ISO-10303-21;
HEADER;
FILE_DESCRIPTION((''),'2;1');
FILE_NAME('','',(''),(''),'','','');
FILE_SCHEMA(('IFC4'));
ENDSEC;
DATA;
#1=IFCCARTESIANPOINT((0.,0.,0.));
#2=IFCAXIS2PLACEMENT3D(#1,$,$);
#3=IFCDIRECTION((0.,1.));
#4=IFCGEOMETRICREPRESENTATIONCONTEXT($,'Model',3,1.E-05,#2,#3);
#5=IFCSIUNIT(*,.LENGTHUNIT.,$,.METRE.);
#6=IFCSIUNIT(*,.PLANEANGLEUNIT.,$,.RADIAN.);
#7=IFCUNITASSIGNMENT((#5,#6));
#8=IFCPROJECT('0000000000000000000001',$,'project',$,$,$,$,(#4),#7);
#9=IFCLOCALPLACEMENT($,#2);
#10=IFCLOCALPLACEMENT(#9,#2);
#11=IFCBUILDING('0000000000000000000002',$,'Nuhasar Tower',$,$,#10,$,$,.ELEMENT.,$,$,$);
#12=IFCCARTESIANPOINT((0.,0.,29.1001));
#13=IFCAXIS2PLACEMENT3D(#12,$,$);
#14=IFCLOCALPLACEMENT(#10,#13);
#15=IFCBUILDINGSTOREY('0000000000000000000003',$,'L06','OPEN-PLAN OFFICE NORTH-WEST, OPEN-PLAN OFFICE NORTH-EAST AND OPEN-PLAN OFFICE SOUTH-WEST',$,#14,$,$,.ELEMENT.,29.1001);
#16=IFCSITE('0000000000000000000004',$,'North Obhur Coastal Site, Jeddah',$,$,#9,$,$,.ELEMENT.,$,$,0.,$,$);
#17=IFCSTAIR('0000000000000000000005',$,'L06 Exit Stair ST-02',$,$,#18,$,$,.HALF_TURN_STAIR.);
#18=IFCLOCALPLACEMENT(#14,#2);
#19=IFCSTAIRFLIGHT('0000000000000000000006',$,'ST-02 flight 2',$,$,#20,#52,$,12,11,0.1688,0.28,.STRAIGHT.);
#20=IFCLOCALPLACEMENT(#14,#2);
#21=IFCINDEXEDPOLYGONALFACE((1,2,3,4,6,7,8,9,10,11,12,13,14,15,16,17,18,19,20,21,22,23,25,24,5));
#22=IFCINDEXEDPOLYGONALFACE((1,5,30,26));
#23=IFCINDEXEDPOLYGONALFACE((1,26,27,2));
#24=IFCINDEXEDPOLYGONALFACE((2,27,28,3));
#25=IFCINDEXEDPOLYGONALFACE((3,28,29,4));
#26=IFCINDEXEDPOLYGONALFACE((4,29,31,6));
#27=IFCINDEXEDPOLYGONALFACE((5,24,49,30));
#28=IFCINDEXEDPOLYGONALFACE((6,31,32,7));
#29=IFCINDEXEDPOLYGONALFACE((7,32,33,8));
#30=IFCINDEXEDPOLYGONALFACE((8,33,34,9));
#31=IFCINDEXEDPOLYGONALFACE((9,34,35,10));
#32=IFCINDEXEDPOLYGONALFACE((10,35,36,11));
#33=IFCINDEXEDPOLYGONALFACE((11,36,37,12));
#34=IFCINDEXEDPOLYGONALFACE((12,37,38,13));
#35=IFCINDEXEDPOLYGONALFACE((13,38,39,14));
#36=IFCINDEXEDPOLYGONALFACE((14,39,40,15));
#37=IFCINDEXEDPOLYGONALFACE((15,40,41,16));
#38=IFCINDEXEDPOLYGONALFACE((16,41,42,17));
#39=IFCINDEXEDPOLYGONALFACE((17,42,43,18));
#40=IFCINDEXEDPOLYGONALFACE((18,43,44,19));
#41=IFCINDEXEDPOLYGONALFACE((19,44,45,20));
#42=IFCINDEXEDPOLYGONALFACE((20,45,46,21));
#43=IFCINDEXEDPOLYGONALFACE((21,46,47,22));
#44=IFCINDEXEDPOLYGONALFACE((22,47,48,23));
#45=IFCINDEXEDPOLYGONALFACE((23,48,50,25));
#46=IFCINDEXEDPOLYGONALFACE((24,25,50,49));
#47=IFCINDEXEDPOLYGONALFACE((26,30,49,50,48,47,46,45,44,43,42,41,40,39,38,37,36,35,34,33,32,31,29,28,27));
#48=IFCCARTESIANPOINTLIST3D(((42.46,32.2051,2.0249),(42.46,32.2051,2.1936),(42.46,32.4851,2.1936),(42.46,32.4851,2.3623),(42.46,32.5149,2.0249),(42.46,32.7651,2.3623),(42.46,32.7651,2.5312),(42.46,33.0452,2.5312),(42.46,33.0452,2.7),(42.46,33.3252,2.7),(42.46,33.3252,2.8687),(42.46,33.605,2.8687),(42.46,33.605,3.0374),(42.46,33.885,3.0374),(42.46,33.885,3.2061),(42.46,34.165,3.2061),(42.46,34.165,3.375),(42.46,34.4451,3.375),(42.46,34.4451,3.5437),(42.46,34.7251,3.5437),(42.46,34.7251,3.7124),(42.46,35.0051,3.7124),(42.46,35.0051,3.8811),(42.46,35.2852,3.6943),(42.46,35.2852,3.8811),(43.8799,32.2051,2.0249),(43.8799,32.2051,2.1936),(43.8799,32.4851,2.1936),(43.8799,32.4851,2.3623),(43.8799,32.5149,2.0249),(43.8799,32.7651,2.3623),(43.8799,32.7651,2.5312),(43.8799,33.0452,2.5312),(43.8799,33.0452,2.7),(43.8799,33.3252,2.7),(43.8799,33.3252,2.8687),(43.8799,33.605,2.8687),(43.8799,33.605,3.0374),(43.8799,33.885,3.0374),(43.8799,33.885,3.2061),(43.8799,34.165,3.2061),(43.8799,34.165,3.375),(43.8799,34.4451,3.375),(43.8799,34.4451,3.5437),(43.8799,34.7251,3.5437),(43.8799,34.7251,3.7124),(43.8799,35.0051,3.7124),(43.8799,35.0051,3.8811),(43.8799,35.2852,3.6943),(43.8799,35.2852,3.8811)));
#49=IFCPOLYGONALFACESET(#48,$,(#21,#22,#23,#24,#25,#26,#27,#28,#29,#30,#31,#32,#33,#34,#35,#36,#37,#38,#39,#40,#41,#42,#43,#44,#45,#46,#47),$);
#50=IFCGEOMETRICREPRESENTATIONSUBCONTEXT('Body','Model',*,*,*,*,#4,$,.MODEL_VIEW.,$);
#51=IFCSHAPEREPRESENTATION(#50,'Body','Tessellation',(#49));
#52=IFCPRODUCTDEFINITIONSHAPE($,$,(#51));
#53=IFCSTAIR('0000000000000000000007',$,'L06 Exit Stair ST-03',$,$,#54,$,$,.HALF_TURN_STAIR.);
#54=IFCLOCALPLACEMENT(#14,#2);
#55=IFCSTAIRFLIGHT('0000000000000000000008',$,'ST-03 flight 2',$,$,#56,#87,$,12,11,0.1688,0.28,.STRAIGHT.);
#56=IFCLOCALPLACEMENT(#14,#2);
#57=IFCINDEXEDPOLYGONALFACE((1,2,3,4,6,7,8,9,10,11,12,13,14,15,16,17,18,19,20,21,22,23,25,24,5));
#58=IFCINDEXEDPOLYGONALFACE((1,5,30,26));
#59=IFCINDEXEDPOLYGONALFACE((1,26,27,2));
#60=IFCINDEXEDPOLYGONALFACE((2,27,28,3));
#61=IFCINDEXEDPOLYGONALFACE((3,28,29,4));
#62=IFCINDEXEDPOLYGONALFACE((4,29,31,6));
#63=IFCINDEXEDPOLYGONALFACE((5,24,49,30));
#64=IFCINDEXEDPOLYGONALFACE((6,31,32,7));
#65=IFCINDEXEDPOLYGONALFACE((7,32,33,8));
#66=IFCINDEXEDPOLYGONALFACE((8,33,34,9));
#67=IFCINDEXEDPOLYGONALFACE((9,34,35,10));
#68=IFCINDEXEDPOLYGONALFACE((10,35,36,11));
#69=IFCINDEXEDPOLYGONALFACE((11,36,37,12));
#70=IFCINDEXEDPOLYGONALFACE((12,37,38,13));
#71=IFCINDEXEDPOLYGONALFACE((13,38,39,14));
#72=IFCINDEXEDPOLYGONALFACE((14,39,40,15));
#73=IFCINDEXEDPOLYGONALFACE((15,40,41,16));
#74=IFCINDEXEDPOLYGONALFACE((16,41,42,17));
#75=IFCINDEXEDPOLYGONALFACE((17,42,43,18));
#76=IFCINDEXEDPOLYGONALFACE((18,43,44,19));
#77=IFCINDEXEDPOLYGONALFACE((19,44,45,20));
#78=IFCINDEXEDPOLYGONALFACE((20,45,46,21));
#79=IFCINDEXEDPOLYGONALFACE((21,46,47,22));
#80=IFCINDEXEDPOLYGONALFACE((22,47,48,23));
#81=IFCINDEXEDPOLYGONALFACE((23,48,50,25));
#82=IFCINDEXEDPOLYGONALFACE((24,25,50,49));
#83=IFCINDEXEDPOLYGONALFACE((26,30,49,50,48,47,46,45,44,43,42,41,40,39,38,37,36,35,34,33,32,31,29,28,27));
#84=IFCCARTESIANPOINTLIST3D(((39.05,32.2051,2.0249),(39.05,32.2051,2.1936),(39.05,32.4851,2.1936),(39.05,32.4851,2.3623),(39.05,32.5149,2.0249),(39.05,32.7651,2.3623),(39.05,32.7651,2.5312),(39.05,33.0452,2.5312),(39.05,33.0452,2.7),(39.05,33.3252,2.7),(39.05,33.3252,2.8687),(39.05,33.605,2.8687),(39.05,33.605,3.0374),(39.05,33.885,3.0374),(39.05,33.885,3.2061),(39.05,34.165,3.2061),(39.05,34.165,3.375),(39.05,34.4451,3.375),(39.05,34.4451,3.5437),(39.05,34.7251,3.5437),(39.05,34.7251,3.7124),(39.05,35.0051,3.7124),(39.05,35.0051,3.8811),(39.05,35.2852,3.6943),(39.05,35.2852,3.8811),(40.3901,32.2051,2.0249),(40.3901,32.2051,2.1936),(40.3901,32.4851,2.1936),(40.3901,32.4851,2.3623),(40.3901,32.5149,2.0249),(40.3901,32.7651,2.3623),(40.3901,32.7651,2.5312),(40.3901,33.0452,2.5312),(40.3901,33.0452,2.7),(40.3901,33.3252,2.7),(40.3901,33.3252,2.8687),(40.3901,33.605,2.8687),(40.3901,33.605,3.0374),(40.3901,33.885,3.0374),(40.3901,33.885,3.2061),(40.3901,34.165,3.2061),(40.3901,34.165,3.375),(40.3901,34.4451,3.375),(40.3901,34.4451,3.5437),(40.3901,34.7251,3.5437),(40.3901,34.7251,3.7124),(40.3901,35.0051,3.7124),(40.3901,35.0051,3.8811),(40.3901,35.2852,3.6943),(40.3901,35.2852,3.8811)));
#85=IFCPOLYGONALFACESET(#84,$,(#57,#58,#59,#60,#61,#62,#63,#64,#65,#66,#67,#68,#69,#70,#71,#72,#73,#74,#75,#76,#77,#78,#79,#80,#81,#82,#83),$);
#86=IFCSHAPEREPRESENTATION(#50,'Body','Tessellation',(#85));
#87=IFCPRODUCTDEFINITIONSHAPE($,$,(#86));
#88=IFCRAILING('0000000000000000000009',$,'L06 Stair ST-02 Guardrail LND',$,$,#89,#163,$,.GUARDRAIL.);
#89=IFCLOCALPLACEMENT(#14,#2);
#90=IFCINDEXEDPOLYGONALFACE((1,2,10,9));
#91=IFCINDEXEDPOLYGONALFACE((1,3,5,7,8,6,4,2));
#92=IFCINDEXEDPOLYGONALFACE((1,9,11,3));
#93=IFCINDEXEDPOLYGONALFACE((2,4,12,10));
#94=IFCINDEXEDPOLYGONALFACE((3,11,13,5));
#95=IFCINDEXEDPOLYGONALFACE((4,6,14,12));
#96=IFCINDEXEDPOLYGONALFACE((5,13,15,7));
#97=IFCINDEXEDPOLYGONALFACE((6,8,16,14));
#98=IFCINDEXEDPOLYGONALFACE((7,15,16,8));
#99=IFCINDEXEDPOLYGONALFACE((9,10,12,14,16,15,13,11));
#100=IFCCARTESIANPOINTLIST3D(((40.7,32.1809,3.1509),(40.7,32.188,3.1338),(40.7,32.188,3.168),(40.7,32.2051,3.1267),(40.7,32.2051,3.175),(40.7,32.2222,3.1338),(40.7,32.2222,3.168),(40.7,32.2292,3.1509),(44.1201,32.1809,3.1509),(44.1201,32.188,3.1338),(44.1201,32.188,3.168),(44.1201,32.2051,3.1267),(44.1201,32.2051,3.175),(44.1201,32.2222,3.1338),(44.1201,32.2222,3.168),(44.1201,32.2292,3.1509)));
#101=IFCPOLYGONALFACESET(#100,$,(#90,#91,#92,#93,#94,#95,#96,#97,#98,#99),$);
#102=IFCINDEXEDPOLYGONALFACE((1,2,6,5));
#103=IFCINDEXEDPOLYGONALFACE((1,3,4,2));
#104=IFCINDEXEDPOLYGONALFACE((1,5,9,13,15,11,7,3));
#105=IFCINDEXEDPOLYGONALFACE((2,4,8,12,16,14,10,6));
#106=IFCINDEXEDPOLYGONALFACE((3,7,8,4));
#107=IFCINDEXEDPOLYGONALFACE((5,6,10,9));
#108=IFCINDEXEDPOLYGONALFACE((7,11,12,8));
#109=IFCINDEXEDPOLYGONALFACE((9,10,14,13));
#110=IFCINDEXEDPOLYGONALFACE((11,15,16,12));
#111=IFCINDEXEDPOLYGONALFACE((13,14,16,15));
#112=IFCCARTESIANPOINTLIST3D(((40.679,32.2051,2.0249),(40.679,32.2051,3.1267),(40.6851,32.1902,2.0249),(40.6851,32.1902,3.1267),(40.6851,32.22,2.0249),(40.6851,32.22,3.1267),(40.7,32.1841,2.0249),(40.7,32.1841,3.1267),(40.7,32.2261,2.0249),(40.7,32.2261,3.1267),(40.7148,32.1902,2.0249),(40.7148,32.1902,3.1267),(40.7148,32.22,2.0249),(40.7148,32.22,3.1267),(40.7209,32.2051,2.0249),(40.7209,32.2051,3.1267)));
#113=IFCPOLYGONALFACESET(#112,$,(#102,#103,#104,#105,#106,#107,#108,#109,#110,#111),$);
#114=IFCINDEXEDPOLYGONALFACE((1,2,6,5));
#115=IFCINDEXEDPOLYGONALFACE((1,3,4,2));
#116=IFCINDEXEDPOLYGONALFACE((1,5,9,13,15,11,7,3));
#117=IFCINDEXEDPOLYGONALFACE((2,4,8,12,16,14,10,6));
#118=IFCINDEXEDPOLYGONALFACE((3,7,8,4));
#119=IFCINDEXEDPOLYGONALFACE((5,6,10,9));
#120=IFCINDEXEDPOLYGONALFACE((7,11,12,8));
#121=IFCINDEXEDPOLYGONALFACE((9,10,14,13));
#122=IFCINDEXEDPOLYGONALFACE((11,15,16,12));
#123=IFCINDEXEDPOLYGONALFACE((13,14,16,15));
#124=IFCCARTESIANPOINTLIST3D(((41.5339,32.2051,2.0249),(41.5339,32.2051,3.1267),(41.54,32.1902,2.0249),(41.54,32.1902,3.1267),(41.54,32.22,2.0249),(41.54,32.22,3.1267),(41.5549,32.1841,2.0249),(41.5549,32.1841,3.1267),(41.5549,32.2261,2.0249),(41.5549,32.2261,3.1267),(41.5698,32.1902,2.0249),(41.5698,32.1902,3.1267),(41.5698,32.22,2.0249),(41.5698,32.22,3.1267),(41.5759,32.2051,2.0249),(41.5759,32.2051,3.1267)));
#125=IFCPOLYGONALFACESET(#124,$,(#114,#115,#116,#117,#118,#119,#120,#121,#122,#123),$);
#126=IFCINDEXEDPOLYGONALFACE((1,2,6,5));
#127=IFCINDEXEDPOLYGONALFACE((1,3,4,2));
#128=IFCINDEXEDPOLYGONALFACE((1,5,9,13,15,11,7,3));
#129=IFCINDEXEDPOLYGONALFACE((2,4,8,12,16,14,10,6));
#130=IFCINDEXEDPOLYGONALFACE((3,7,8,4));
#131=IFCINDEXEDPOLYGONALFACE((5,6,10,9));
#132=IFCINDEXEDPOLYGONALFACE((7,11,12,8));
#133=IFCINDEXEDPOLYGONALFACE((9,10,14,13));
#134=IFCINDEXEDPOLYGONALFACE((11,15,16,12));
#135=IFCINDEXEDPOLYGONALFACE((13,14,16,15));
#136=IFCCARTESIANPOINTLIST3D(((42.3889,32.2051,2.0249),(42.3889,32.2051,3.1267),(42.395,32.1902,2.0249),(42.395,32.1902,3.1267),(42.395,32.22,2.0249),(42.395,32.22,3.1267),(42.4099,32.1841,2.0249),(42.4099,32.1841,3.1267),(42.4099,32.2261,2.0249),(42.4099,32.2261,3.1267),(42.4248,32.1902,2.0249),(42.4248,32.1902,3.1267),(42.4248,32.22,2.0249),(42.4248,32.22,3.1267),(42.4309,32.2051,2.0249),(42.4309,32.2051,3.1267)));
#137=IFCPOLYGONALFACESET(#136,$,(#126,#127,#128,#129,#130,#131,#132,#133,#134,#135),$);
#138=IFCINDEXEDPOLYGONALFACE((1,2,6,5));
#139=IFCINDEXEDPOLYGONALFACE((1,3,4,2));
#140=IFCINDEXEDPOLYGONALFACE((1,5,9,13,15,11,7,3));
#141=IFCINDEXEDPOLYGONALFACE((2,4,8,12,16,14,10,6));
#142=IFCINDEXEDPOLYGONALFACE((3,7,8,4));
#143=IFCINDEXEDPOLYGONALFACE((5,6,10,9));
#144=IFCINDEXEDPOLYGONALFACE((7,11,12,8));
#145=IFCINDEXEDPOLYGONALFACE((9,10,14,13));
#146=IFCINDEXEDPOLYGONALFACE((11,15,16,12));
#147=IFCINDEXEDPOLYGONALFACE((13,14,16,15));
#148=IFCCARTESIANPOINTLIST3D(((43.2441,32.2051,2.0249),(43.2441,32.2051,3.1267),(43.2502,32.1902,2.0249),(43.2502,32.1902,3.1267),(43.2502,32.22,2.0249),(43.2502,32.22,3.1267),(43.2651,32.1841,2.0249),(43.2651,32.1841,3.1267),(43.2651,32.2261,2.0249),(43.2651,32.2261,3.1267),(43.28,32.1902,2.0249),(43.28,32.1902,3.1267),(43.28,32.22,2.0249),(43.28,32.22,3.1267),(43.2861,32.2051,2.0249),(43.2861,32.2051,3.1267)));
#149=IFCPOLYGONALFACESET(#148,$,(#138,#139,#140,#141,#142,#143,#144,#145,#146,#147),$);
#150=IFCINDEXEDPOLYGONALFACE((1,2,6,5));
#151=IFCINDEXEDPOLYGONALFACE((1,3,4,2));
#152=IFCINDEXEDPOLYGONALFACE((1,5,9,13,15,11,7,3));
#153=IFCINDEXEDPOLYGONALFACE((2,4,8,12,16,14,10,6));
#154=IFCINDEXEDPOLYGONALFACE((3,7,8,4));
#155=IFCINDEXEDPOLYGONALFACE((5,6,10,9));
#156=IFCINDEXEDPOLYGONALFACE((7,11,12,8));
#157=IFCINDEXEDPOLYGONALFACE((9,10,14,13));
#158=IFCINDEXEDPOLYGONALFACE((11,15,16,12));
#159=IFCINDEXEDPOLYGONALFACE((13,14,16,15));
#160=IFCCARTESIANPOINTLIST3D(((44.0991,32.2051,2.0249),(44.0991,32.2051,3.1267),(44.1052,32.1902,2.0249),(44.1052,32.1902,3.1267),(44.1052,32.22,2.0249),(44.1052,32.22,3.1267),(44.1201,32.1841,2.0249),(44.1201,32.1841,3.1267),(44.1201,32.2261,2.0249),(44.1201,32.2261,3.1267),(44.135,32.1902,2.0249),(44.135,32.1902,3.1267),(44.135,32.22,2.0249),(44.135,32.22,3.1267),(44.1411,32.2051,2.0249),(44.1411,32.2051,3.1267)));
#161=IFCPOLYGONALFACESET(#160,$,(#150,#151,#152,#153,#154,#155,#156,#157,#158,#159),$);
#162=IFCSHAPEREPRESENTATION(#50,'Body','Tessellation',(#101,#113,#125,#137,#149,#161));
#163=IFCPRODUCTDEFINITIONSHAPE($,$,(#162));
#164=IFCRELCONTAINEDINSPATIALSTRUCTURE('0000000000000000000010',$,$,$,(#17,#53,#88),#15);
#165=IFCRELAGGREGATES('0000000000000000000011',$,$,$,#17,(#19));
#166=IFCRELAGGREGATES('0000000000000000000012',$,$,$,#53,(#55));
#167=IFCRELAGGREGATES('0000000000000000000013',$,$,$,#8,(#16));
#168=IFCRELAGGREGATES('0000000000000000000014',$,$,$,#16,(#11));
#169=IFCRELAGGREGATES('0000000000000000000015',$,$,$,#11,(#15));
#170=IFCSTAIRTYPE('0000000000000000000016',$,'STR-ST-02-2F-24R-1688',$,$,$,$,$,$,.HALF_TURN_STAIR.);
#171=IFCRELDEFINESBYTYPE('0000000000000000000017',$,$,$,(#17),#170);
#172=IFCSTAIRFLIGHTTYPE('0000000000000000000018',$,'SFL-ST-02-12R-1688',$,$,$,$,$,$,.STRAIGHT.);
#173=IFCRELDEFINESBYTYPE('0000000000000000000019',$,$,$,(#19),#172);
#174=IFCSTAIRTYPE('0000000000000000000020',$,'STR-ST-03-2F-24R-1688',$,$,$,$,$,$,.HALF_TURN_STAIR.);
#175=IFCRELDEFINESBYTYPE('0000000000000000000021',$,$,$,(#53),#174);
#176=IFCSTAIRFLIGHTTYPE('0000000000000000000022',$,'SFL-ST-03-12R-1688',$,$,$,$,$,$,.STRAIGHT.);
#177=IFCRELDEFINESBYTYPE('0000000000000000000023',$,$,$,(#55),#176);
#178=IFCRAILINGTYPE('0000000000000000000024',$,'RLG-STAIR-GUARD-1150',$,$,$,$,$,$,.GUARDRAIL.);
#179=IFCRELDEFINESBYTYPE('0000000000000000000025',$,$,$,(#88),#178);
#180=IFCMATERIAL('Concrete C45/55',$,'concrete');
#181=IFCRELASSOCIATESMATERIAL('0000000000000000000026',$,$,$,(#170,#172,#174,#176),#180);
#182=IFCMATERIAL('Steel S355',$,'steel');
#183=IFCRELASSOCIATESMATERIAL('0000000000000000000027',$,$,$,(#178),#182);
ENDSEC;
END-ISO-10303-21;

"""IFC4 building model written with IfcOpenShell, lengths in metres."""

from ifc_helpers import new_model, si_unit, direction, frame, origin, place, context, subcontext, project, spatial, polyline, outline, extrude, material, type_object, element, aggregate, save


model = new_model("IFC4")

# Units and contexts
model_context = context("Model", 3, precision=1e-05, world=origin(), true_north=direction((0.0, 1.0)))
body_context = subcontext(model_context, "Body", "Model", "MODEL_VIEW")
ifc_project = project(units=[si_unit("LENGTHUNIT", "METRE"), si_unit("PLANEANGLEUNIT", "RADIAN")], contexts=[model_context])

# Site, building, storey
site_placement = place(None, origin())
site = spatial("IfcSite", under=ifc_project, at=site_placement, Name="North Obhur Coastal Site, Jeddah", CompositionType="ELEMENT", RefElevation=0.0)
building_placement = place(site_placement, origin())
building = spatial("IfcBuilding", under=site, at=building_placement, Name="Nuhasar Tower", CompositionType="ELEMENT")
storey_placement = place(building_placement, frame((0.0, 0.0, 29.1001)))
storey = spatial("IfcBuildingStorey", under=building, at=storey_placement, Name="L06", Description="OPEN-PLAN OFFICE NORTH-WEST, OPEN-PLAN OFFICE NORTH-EAST AND OPEN-PLAN OFFICE SOUTH-WEST", CompositionType="ELEMENT", Elevation=29.1001)

# Shared definitions
ifc_material_1 = material(Name="Steel S355", Category="steel")

# Shared definitions
ifc_material_2 = material(Name="Concrete C45/55", Category="concrete")

# Stair, stair flight
stair_type_1 = type_object("IfcStairType", Name="STR-ST-02-2F-24R-1688", PredefinedType="HALF_TURN_STAIR", material=ifc_material_2)
stair_1_placement = place(storey_placement, origin())
stair_1 = element("IfcStair", 1, at=stair_1_placement, inside=storey, type_object=stair_type_1, Name="L06 Exit Stair ST-02", PredefinedType="HALF_TURN_STAIR")
stair_flight_type_1 = type_object("IfcStairFlightType", Name="SFL-ST-02-12R-1688", PredefinedType="STRAIGHT", material=ifc_material_2)
stair_flight_1_placement = place(storey_placement, frame((43.1699, 32.2051, 2.0249), z_axis=(0.0, 0.0, 1.0), x_axis=(0.0, 1.0, 0.0)))
stair_flight_1 = element("IfcStairFlight", 2, at=stair_flight_1_placement, type_object=stair_flight_type_1, Name="ST-02 flight 2", NumberOfRisers=12, NumberOfTreads=11, PredefinedType="STRAIGHT", RiserHeight=0.1688, TreadLength=0.28, context=body_context, shape_type="SweptSolid", body=[
    extrude(outline(polyline([(0.0, 0.0), (0.0, 0.1687), (0.28, 0.1687), (0.28, 0.3374), (0.5601, 0.3374), (0.5601, 0.5063), (0.8401, 0.5063), (0.8401, 0.675), (1.1201, 0.675), (1.1201, 0.8438), (1.3999, 0.8438), (1.3999, 1.0125), (1.6799, 1.0125), (1.6799, 1.1812), (1.96, 1.1812), (1.96, 1.3501), (2.24, 1.3501), (2.24, 1.5188), (2.52, 1.5188), (2.52, 1.6875), (2.8, 1.6875), (2.8, 1.8562), (3.0801, 1.8562), (3.0801, 2.0249), (3.0801, 1.6694), (0.3098, 0.0), (0.0, 0.0)])), frame((0.0, 0.71, 0.0), z_axis=(0.0, -1.0, 0.0), x_axis=(1.0, 0.0, 0.0)), (0.0, 0.0, 1.0), 1.4199),
])
aggregate(stair_1, [stair_flight_1])

# Stair, stair flight
stair_type_2 = type_object("IfcStairType", Name="STR-ST-03-2F-24R-1688", PredefinedType="HALF_TURN_STAIR", material=ifc_material_2)
stair_2_placement = place(storey_placement, origin())
stair_2 = element("IfcStair", 3, at=stair_2_placement, inside=storey, type_object=stair_type_2, Name="L06 Exit Stair ST-03", PredefinedType="HALF_TURN_STAIR")
stair_flight_type_2 = type_object("IfcStairFlightType", Name="SFL-ST-03-12R-1688", PredefinedType="STRAIGHT", material=ifc_material_2)
stair_flight_2_placement = place(storey_placement, frame((39.72, 32.2051, 2.0249), z_axis=(0.0, 0.0, 1.0), x_axis=(0.0, 1.0, 0.0)))
stair_flight_2 = element("IfcStairFlight", 4, at=stair_flight_2_placement, type_object=stair_flight_type_2, Name="ST-03 flight 2", NumberOfRisers=12, NumberOfTreads=11, PredefinedType="STRAIGHT", RiserHeight=0.1688, TreadLength=0.28, context=body_context, shape_type="SweptSolid", body=[
    extrude(outline(polyline([(0.0, 0.0), (0.0, 0.1687), (0.28, 0.1687), (0.28, 0.3374), (0.5601, 0.3374), (0.5601, 0.5063), (0.8401, 0.5063), (0.8401, 0.675), (1.1201, 0.675), (1.1201, 0.8438), (1.3999, 0.8438), (1.3999, 1.0125), (1.6799, 1.0125), (1.6799, 1.1812), (1.96, 1.1812), (1.96, 1.3501), (2.24, 1.3501), (2.24, 1.5188), (2.52, 1.5188), (2.52, 1.6875), (2.8, 1.6875), (2.8, 1.8562), (3.0801, 1.8562), (3.0801, 2.0249), (3.0801, 1.6694), (0.3098, 0.0), (0.0, 0.0)])), frame((0.0, 0.6699, 0.0), z_axis=(0.0, -1.0, 0.0), x_axis=(1.0, 0.0, 0.0)), (0.0, 0.0, 1.0), 1.3401),
])
aggregate(stair_2, [stair_flight_2])

# Railing
railing_type_1 = type_object("IfcRailingType", Name="RLG-STAIR-GUARD-1150", PredefinedType="GUARDRAIL", material=ifc_material_1)
railing_1_placement = place(storey_placement, frame((40.7, 32.2051, 2.0249)))
element("IfcRailing", 5, at=railing_1_placement, inside=storey, type_object=railing_type_1, Name="L06 Stair ST-02 Guardrail LND", PredefinedType="GUARDRAIL", context=body_context, shape_type="SweptSolid", body=[
    extrude(outline(polyline([(0.0242, 0.0), (0.0171, 0.0171), (0.0, 0.0242), (-0.0171, 0.0171), (-0.0242, 0.0), (-0.0171, -0.0171), (0.0, -0.0242), (0.0171, -0.0171), (0.0242, 0.0)])), frame((0.0, 0.0, 1.126), z_axis=(1.0, 0.0, 0.0), x_axis=(0.0, 1.0, 0.0)), (0.0, 0.0, 1.0), 3.4202),
    extrude(outline(polyline([(0.021, 0.0), (0.0149, 0.0149), (0.0, 0.021), (-0.0149, 0.0149), (-0.021, 0.0), (-0.0149, -0.0149), (0.0, -0.021), (0.0149, -0.0149), (0.021, 0.0)])), origin(), (0.0, 0.0, 1.0), 1.1018),
    extrude(outline(polyline([(0.021, 0.0), (0.0149, 0.0149), (0.0, 0.021), (-0.0149, 0.0149), (-0.021, 0.0), (-0.0149, -0.0149), (0.0, -0.021), (0.0149, -0.0149), (0.021, 0.0)])), frame((0.855, 0.0, 0.0)), (0.0, 0.0, 1.0), 1.1018),
    extrude(outline(polyline([(0.021, 0.0), (0.0149, 0.0149), (0.0, 0.021), (-0.0149, 0.0149), (-0.021, 0.0), (-0.0149, -0.0149), (0.0, -0.021), (0.0149, -0.0149), (0.021, 0.0)])), frame((1.71, 0.0, 0.0)), (0.0, 0.0, 1.0), 1.1018),
    extrude(outline(polyline([(0.021, 0.0), (0.0149, 0.0149), (0.0, 0.021), (-0.0149, 0.0149), (-0.021, 0.0), (-0.0149, -0.0149), (0.0, -0.021), (0.0149, -0.0149), (0.021, 0.0)])), frame((2.5652, 0.0, 0.0)), (0.0, 0.0, 1.0), 1.1018),
    extrude(outline(polyline([(0.021, 0.0), (0.0149, 0.0149), (0.0, 0.021), (-0.0149, 0.0149), (-0.021, 0.0), (-0.0149, -0.0149), (0.0, -0.021), (0.0149, -0.0149), (0.021, 0.0)])), frame((3.4202, 0.0, 0.0)), (0.0, 0.0, 1.0), 1.1018),
])

save(model, "model.ifc")
